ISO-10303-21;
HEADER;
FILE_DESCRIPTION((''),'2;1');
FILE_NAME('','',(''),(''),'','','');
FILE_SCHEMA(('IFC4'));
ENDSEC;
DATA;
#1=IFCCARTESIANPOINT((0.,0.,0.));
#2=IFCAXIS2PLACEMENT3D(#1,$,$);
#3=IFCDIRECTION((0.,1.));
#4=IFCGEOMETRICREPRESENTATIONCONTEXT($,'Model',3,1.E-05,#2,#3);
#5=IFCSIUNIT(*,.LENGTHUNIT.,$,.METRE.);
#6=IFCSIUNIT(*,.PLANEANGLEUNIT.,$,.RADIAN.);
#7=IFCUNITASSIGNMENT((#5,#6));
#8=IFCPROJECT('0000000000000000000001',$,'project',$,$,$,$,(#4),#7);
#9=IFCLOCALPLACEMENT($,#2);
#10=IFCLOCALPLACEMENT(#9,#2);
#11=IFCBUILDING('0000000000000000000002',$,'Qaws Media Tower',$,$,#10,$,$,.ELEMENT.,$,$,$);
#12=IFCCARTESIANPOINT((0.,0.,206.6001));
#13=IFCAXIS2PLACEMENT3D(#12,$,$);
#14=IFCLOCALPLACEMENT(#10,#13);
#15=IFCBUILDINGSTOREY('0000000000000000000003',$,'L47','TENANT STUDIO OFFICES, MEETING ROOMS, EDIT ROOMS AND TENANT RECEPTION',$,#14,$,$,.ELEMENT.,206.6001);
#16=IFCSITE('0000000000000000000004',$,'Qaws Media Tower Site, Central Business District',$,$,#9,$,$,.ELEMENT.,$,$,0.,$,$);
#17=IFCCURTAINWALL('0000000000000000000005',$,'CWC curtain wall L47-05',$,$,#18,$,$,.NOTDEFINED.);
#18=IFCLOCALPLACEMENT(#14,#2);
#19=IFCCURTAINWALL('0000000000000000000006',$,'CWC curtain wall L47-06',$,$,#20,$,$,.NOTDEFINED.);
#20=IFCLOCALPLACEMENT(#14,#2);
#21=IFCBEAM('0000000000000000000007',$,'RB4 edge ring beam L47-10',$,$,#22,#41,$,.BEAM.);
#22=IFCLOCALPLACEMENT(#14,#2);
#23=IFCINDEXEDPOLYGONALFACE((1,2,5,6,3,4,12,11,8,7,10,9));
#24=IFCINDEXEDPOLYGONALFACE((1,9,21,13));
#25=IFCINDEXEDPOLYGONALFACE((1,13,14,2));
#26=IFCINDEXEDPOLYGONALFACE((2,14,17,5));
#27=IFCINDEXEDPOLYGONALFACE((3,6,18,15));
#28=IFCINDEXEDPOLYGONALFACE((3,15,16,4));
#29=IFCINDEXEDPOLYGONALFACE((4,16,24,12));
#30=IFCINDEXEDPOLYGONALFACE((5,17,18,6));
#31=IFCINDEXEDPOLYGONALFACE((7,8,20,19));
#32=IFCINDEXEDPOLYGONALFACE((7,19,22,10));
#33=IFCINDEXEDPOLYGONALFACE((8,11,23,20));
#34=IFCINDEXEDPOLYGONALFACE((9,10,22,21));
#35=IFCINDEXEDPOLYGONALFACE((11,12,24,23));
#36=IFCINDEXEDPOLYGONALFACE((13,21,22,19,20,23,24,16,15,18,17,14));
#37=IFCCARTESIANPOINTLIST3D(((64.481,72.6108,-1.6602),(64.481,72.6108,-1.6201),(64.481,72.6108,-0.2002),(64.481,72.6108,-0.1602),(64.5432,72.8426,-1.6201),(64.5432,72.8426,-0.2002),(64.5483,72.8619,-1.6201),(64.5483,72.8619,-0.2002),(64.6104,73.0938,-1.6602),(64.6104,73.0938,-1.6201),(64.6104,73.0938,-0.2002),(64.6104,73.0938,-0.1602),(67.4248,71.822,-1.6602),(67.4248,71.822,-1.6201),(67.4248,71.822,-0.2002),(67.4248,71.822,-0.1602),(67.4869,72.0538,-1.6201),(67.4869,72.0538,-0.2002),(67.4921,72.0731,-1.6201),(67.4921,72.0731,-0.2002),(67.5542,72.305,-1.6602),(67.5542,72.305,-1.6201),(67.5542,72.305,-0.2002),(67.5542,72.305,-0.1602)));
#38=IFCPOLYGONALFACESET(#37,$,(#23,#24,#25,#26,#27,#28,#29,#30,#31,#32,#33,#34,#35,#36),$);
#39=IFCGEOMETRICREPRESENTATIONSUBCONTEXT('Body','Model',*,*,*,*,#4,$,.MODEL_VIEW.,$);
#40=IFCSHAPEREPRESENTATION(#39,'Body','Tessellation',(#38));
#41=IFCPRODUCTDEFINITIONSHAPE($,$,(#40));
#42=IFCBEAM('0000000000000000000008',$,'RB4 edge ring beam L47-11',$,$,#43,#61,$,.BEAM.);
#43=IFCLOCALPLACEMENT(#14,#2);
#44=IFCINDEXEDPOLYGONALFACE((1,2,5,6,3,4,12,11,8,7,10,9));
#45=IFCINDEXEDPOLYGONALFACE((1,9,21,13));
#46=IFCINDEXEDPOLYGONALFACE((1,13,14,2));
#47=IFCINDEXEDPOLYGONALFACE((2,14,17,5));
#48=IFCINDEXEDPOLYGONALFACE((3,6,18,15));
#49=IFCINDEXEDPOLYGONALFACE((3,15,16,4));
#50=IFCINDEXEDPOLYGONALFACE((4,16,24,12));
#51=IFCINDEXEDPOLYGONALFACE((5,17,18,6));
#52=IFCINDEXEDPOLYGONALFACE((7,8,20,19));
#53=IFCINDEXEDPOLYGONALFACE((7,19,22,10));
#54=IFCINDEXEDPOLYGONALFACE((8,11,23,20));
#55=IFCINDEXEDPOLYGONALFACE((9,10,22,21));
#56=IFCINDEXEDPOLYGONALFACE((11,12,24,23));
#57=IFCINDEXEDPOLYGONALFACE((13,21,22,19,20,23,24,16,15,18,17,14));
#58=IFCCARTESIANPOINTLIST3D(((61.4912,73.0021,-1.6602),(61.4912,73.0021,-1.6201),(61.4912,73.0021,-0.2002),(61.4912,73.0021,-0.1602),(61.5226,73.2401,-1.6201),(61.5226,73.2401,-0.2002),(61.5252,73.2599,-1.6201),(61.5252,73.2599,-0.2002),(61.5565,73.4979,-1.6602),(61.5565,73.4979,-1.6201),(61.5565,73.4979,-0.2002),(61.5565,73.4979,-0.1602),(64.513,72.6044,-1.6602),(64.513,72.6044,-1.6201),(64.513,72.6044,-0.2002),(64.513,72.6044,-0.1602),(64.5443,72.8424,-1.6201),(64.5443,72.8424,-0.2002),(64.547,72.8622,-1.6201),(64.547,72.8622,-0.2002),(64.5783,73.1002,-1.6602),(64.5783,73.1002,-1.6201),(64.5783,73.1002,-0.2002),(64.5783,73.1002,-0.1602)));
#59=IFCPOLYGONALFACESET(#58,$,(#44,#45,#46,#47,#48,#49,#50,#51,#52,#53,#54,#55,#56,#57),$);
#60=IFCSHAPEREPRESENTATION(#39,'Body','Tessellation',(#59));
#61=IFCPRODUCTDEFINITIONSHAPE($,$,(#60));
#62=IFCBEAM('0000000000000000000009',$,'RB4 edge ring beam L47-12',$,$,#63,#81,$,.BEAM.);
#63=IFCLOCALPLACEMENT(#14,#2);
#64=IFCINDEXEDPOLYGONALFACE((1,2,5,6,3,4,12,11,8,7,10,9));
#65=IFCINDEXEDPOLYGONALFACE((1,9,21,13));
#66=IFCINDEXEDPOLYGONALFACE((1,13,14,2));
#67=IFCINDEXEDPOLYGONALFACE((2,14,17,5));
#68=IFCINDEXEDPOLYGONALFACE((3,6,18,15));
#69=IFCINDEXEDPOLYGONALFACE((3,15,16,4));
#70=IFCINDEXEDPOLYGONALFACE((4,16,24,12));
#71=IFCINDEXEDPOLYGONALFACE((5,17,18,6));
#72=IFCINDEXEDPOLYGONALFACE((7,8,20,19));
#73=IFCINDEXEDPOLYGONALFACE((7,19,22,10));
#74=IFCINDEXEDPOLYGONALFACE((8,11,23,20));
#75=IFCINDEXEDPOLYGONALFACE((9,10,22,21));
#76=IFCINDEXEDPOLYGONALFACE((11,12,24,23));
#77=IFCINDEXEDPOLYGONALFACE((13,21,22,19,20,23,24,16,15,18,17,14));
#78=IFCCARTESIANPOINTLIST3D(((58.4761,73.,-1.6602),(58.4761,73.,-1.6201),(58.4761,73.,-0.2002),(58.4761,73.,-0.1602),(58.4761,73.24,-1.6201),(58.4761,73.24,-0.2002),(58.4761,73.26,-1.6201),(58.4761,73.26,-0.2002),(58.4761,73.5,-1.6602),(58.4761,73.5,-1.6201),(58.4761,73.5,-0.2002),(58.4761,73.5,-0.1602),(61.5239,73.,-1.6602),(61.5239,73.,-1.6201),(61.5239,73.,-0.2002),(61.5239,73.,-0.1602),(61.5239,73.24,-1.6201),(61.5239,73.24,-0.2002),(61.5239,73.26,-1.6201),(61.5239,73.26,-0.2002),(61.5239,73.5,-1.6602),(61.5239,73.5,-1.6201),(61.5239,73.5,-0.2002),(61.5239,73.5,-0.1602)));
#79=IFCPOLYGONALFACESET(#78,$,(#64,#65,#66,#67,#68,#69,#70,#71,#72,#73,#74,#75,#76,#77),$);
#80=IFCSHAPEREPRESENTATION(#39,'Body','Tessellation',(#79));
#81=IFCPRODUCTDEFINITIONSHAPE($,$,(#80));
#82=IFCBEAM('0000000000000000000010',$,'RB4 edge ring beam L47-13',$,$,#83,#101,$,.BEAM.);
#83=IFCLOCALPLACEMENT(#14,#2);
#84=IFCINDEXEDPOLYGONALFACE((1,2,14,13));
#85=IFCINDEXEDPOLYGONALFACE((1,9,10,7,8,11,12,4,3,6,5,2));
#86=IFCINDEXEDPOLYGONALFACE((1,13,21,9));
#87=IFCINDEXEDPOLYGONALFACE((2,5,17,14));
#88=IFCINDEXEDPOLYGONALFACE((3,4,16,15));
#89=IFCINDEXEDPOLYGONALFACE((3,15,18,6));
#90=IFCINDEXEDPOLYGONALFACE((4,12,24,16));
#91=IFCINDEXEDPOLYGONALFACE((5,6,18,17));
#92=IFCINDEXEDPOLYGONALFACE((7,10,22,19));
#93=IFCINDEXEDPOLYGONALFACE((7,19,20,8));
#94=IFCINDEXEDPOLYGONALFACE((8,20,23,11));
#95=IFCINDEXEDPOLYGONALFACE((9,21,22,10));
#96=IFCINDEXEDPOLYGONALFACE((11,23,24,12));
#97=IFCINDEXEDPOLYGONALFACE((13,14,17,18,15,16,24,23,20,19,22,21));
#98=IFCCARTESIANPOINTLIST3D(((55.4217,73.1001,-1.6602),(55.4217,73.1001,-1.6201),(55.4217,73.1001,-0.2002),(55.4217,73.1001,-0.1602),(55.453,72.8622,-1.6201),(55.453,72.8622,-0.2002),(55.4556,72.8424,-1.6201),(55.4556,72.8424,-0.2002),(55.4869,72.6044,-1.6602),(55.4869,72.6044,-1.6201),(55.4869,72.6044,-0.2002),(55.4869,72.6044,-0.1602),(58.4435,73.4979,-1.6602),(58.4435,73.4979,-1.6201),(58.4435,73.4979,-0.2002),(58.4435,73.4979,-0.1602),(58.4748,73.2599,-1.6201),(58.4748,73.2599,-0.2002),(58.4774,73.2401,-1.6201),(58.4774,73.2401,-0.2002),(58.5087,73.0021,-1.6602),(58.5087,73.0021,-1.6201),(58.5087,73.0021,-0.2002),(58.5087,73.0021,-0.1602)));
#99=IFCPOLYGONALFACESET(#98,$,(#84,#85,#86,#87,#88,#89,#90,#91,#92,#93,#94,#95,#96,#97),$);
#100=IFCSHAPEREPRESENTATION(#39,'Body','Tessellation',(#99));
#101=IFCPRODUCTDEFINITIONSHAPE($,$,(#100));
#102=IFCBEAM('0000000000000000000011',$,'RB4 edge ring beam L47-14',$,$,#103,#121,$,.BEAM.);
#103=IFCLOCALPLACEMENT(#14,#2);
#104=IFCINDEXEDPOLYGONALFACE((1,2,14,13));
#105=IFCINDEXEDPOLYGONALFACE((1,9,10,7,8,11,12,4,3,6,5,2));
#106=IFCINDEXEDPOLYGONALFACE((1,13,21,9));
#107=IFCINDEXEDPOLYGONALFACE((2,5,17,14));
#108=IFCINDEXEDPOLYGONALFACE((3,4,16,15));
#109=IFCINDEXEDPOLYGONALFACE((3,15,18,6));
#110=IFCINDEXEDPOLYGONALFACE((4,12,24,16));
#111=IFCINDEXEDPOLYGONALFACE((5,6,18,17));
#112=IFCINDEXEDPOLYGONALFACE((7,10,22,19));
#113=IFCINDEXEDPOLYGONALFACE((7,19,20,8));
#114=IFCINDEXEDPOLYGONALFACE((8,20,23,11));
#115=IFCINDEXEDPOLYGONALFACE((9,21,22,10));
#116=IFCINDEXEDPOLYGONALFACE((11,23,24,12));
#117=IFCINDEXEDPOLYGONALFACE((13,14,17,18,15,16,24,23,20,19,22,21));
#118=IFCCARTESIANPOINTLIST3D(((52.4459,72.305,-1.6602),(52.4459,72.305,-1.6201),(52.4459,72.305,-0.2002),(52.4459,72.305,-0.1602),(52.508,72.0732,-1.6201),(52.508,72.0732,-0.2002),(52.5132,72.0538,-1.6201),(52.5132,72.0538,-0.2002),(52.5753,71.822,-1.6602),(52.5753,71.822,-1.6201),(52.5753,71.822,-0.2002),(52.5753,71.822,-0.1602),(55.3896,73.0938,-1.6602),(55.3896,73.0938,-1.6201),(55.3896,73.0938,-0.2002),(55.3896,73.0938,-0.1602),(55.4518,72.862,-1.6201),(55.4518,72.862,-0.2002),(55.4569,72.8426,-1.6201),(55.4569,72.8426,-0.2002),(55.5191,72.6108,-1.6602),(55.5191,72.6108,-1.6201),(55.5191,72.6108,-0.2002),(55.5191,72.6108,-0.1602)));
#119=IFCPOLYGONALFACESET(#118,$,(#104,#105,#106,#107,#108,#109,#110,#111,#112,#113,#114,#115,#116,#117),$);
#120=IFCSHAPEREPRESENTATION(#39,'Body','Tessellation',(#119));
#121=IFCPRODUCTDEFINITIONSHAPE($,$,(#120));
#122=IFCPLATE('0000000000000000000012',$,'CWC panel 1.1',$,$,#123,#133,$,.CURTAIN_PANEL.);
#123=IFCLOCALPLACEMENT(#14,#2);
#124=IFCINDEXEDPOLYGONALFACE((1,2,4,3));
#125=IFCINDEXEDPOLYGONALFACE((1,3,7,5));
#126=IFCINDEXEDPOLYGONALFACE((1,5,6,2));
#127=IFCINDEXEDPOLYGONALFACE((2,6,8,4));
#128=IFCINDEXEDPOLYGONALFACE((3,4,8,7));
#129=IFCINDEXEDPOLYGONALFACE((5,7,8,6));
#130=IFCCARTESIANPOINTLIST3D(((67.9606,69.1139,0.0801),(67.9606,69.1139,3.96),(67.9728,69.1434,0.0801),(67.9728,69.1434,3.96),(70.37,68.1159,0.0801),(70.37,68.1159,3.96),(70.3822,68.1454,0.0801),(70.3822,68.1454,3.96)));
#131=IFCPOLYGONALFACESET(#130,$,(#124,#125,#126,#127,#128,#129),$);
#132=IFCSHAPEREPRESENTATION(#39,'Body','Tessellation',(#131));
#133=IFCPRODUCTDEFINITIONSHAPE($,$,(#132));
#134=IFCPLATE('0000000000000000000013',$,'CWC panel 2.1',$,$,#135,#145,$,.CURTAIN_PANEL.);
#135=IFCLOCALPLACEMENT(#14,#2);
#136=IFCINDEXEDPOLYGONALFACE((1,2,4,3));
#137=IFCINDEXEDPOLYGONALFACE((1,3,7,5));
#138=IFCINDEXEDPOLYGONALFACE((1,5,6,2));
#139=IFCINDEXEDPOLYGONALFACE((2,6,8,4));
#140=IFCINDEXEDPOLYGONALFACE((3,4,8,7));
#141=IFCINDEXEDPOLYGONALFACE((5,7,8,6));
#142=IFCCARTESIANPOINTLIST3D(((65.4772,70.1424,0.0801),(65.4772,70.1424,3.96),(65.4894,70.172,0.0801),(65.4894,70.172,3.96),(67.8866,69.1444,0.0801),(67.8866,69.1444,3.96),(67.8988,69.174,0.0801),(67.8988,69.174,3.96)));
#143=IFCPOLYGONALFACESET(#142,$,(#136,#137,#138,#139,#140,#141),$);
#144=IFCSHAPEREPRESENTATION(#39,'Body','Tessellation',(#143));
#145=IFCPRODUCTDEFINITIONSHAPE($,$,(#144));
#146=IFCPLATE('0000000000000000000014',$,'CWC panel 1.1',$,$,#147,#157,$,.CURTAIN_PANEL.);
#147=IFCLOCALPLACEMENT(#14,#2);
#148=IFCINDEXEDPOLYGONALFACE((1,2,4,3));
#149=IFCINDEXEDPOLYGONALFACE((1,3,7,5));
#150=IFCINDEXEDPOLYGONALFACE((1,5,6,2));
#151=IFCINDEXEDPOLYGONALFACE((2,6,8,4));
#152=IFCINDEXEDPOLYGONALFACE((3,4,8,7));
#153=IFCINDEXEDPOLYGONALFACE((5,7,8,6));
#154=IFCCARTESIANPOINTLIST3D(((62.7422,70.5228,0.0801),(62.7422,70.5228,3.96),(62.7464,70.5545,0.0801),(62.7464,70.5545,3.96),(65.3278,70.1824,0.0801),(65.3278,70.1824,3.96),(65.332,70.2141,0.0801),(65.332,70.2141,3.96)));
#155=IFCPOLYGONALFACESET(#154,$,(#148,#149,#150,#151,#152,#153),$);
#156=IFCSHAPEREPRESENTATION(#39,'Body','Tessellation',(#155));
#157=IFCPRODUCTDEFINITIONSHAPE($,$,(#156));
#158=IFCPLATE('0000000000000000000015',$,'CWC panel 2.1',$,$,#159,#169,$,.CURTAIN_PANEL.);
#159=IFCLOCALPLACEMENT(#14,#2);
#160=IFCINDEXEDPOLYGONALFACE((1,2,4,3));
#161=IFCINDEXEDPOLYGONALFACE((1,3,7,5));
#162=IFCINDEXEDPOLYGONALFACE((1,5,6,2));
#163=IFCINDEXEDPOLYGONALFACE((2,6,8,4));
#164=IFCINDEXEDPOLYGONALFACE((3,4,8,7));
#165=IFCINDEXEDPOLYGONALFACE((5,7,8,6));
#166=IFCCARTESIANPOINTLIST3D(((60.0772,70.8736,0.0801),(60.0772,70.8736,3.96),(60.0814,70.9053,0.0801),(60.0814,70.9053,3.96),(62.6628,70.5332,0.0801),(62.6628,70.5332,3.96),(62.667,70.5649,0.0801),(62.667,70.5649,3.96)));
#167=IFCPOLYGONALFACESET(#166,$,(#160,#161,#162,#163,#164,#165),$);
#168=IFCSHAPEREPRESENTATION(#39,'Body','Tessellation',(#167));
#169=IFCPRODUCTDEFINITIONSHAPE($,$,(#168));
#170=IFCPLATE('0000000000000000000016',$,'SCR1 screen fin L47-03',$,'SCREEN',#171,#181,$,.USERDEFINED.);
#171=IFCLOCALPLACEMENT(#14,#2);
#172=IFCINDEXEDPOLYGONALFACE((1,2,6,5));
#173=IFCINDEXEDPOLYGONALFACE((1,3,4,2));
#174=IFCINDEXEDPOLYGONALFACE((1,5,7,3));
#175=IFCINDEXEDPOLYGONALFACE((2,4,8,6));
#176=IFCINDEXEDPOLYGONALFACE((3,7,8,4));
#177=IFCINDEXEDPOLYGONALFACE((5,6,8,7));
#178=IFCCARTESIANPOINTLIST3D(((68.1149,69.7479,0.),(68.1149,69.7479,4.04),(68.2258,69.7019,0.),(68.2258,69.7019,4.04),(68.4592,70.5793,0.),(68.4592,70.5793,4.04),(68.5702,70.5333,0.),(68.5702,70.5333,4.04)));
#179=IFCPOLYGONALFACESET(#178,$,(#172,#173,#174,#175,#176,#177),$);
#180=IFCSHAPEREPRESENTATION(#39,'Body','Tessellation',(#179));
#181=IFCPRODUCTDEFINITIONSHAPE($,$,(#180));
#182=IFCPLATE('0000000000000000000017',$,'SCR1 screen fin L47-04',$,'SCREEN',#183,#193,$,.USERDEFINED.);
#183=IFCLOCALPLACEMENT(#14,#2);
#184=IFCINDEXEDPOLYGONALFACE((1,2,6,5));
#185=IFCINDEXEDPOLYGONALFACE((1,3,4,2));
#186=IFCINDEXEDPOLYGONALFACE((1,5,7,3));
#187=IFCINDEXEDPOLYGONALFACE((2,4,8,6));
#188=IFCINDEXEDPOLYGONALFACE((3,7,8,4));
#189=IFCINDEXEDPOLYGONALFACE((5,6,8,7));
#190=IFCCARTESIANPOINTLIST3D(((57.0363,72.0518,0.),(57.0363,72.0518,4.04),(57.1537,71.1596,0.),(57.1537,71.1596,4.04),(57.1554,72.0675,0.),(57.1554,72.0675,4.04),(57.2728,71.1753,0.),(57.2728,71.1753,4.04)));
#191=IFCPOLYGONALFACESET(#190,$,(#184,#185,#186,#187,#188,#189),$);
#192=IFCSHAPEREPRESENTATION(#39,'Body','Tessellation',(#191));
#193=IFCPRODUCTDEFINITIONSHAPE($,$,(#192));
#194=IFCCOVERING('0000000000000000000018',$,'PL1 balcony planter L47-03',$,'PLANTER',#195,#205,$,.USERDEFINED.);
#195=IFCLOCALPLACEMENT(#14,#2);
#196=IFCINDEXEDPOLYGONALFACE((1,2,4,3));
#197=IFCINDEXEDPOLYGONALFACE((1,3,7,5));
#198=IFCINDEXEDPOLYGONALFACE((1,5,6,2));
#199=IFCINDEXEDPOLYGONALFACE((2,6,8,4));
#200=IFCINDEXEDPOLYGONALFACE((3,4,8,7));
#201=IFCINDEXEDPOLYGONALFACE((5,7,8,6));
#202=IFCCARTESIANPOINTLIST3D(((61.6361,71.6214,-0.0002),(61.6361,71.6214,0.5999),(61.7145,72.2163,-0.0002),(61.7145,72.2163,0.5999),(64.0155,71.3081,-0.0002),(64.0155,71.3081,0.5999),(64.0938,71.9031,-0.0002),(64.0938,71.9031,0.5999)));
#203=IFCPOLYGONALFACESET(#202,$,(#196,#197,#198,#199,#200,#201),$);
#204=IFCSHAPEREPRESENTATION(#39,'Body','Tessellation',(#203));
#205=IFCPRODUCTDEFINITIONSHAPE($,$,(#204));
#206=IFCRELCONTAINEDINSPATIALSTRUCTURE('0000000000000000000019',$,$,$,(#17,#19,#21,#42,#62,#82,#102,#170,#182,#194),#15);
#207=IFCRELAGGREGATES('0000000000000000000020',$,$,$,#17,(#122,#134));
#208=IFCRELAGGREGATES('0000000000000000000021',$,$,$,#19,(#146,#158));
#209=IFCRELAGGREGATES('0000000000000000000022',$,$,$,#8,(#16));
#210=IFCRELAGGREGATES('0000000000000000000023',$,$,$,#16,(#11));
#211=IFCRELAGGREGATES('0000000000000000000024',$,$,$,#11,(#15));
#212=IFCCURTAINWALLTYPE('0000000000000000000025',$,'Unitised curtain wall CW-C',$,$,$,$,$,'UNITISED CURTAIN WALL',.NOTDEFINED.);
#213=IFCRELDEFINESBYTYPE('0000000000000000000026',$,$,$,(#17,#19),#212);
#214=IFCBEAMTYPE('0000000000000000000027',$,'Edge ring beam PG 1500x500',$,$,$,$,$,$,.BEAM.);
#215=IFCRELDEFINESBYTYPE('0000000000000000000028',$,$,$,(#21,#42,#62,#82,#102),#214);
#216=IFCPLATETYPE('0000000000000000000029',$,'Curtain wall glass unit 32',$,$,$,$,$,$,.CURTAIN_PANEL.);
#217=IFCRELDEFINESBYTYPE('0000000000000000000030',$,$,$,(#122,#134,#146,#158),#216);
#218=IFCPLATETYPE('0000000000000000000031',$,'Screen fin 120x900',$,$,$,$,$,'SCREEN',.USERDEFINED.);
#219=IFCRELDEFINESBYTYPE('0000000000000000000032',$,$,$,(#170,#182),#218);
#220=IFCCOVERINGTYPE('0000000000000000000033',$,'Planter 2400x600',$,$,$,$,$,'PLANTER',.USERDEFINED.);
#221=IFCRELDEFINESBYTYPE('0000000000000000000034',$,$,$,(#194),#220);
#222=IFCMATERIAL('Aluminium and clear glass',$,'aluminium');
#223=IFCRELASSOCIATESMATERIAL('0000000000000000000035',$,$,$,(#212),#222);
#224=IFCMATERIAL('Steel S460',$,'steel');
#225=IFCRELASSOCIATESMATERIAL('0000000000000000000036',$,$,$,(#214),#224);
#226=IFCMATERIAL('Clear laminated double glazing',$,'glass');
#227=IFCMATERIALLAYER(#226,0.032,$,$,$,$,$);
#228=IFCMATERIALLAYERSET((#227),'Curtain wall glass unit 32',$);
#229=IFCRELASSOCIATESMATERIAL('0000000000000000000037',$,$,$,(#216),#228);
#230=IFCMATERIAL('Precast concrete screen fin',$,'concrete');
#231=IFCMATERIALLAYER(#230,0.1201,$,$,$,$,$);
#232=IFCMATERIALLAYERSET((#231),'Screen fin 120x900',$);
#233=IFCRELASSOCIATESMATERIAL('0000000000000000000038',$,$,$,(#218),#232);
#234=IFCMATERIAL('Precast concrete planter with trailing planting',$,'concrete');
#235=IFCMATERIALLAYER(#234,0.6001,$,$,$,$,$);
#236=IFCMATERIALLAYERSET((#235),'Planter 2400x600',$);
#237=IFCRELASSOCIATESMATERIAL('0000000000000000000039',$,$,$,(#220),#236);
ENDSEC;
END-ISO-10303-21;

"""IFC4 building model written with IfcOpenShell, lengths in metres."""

from ifc_helpers import new_model, si_unit, direction, frame, origin, origin_2d, place, context, subcontext, project, spatial, rectangle, i_section, extrude, material, layer, layer_set, material_profile, profile_set, type_object, element, aggregate, save


model = new_model("IFC4")

# Units and contexts
model_context = context("Model", 3, precision=1e-05, world=origin(), true_north=direction((0.0, 1.0)))
body_context = subcontext(model_context, "Body", "Model", "MODEL_VIEW")
ifc_project = project(units=[si_unit("LENGTHUNIT", "METRE"), si_unit("PLANEANGLEUNIT", "RADIAN")], contexts=[model_context])

# Site, building, storey
site_placement = place(None, origin())
site = spatial("IfcSite", under=ifc_project, at=site_placement, Name="Qaws Media Tower Site, Central Business District", CompositionType="ELEMENT", RefElevation=0.0)
building_placement = place(site_placement, origin())
building = spatial("IfcBuilding", under=site, at=building_placement, Name="Qaws Media Tower", CompositionType="ELEMENT")
storey_placement = place(building_placement, frame((0.0, 0.0, 206.6001)))
storey = spatial("IfcBuildingStorey", under=building, at=storey_placement, Name="L47", Description="TENANT STUDIO OFFICES, MEETING ROOMS, EDIT ROOMS AND TENANT RECEPTION", CompositionType="ELEMENT", Elevation=206.6001)

# Curtain walls
ifc_material_1 = material(Name="Aluminium and clear glass", Category="aluminium")
curtain_wall_type = type_object("IfcCurtainWallType", Name="Unitised curtain wall CW-C", ElementType="UNITISED CURTAIN WALL", PredefinedType="NOTDEFINED", material=ifc_material_1)
curtain_wall_1_placement = place(storey_placement, origin())
curtain_wall_1 = element("IfcCurtainWall", 1, at=curtain_wall_1_placement, inside=storey, type_object=curtain_wall_type, Name="CWC curtain wall L47-05", PredefinedType="NOTDEFINED")
curtain_wall_2_placement = place(storey_placement, origin())
curtain_wall_2 = element("IfcCurtainWall", 2, at=curtain_wall_2_placement, inside=storey, type_object=curtain_wall_type, Name="CWC curtain wall L47-06", PredefinedType="NOTDEFINED")

# Beams
ifc_material_2 = material(Name="Steel S460", Category="steel")
ifc_material_profile_1 = material_profile(ifc_material_2, i_section(OverallWidth=0.5, OverallDepth=1.5, WebThickness=0.02, FlangeThickness=0.04, at=origin_2d()), Name="PG 1500x500")
ifc_profile_set_1 = profile_set([ifc_material_profile_1], Name="Steel S460")
beam_type = type_object("IfcBeamType", Name="Edge ring beam PG 1500x500", PredefinedType="BEAM", material=ifc_profile_set_1)
beam_1_placement = place(storey_placement, frame((67.4895, 72.0635, -0.9102), z_axis=(-0.965924, 0.258824, 0.0), x_axis=(-0.258824, -0.965924, 0.0)))
element("IfcBeam", 3, at=beam_1_placement, inside=storey, type_object=beam_type, Name="RB4 edge ring beam L47-10", PredefinedType="BEAM", context=body_context, shape_type="SweptSolid", body=[
    extrude(i_section(OverallWidth=0.5, OverallDepth=1.5, WebThickness=0.02, FlangeThickness=0.04, at=origin_2d()), origin(), (0.0, 0.0, 1.0), 3.0476),
])
for number, where, z_axis, x_axis, name in (
    (4, (64.5457, 72.8523, -0.9102), (-0.99145, 0.13049, 0.0), (-0.13049, -0.99145, 0.0), "RB4 edge ring beam L47-11"),
    (5, (61.5239, 73.25, -0.9102), (-1.0, 0.0, 0.0), (0.0, -1.0, 0.0), "RB4 edge ring beam L47-12"),
    (6, (58.4761, 73.25, -0.9102), (-0.99145, -0.13049, 0.0), (0.13049, -0.99145, 0.0), "RB4 edge ring beam L47-13"),
):
    element("IfcBeam", number, at=place(storey_placement, frame(where, z_axis=z_axis, x_axis=x_axis)), inside=storey, type_object=beam_type, Name=name, PredefinedType="BEAM", context=body_context, shape_type="SweptSolid", body=[
        extrude(i_section(OverallWidth=0.5, OverallDepth=1.5, WebThickness=0.02, FlangeThickness=0.04, at=origin_2d()), origin(), (0.0, 0.0, 1.0), 3.0479),
    ])
beam_2_placement = place(storey_placement, frame((55.4543, 72.8523, -0.9102), z_axis=(-0.965924, -0.258824, 0.0), x_axis=(0.258824, -0.965924, 0.0)))
element("IfcBeam", 7, at=beam_2_placement, inside=storey, type_object=beam_type, Name="RB4 edge ring beam L47-14", PredefinedType="BEAM", context=body_context, shape_type="SweptSolid", body=[
    extrude(i_section(OverallWidth=0.5, OverallDepth=1.5, WebThickness=0.02, FlangeThickness=0.04, at=origin_2d()), origin(), (0.0, 0.0, 1.0), 3.0476),
])

# Plates
ifc_material_3 = material(Name="Clear laminated double glazing", Category="glass")
ifc_layer_1 = layer(ifc_material_3, 0.032)
ifc_layer_set_1 = layer_set([ifc_layer_1], Name="Curtain wall glass unit 32")
plate_type_1 = type_object("IfcPlateType", Name="Curtain wall glass unit 32", PredefinedType="CURTAIN_PANEL", material=ifc_layer_set_1)
plate_1_placement = place(storey_placement, frame((69.1714, 68.6296, 0.0801), z_axis=(0.0, 0.0, 1.0), x_axis=(-0.92388, 0.382683, 0.0)))
plate_1 = element("IfcPlate", 8, at=plate_1_placement, type_object=plate_type_1, Name="CWC panel 1.1", PredefinedType="CURTAIN_PANEL", context=body_context, shape_type="SweptSolid", body=[
    extrude(rectangle(XDim=2.6079, YDim=0.032, at=origin_2d()), origin(), (0.0, 0.0, 1.0), 3.8799),
])
plate_2_placement = place(storey_placement, frame((66.688, 69.6582, 0.0801), z_axis=(0.0, 0.0, 1.0), x_axis=(-0.92388, 0.382683, 0.0)))
plate_2 = element("IfcPlate", 9, at=plate_2_placement, type_object=plate_type_1, Name="CWC panel 2.1", PredefinedType="CURTAIN_PANEL", context=body_context, shape_type="SweptSolid", body=[
    extrude(rectangle(XDim=2.6079, YDim=0.032, at=origin_2d()), origin(), (0.0, 0.0, 1.0), 3.8799),
])
aggregate(curtain_wall_1, [plate_1, plate_2])
plate_3_placement = place(storey_placement, frame((64.0371, 70.3684, 0.0801), z_axis=(0.0, 0.0, 1.0), x_axis=(-0.991445, 0.130526, 0.0)))
plate_3 = element("IfcPlate", 10, at=plate_3_placement, type_object=plate_type_1, Name="CWC panel 1.1", PredefinedType="CURTAIN_PANEL", context=body_context, shape_type="SweptSolid", body=[
    extrude(rectangle(XDim=2.6079, YDim=0.032, at=origin_2d()), origin(), (0.0, 0.0, 1.0), 3.8799),
])
plate_4_placement = place(storey_placement, frame((61.3721, 70.7192, 0.0801), z_axis=(0.0, 0.0, 1.0), x_axis=(-0.991445, 0.130526, 0.0)))
plate_4 = element("IfcPlate", 11, at=plate_4_placement, type_object=plate_type_1, Name="CWC panel 2.1", PredefinedType="CURTAIN_PANEL", context=body_context, shape_type="SweptSolid", body=[
    extrude(rectangle(XDim=2.6079, YDim=0.032, at=origin_2d()), origin(), (0.0, 0.0, 1.0), 3.8799),
])
aggregate(curtain_wall_2, [plate_3, plate_4])

# Plates
ifc_material_4 = material(Name="Precast concrete screen fin", Category="concrete")
ifc_layer_2 = layer(ifc_material_4, 0.1201)
ifc_layer_set_2 = layer_set([ifc_layer_2], Name="Screen fin 120x900")
plate_type_2 = type_object("IfcPlateType", Name="Screen fin 120x900", ElementType="SCREEN", PredefinedType="USERDEFINED", material=ifc_layer_set_2)
for number, where, z_axis, x_axis, name in (
    (12, (68.3425, 70.1406, 0.0), (0.0, 0.0, 1.0), (0.382683, 0.92388, 0.0), "SCR1 screen fin L47-03"),
    (13, (57.1545, 71.6135, 0.0), (0.0, 0.0, 1.0), (-0.130526, 0.991445, 0.0), "SCR1 screen fin L47-04"),
):
    element("IfcPlate", number, at=place(storey_placement, frame(where, z_axis=z_axis, x_axis=x_axis)), inside=storey, type_object=plate_type_2, Name=name, ObjectType="SCREEN", PredefinedType="USERDEFINED", context=body_context, shape_type="SweptSolid", body=[
        extrude(rectangle(XDim=0.8999, YDim=0.1201, at=origin_2d()), origin(), (0.0, 0.0, 1.0), 4.04),
    ])

# Covering
ifc_material_5 = material(Name="Precast concrete planter with trailing planting", Category="concrete")
ifc_layer_3 = layer(ifc_material_5, 0.6001)
ifc_layer_set_3 = layer_set([ifc_layer_3], Name="Planter 2400x600")
covering_type = type_object("IfcCoveringType", Name="Planter 2400x600", ElementType="PLANTER", PredefinedType="USERDEFINED", material=ifc_layer_set_3)
covering_placement = place(storey_placement, frame((62.865, 71.7622, -0.0002), z_axis=(0.0, 0.0, 1.0), x_axis=(-0.991445, 0.130526, 0.0)))
element("IfcCovering", 14, at=covering_placement, inside=storey, type_object=covering_type, Name="PL1 balcony planter L47-03", ObjectType="PLANTER", PredefinedType="USERDEFINED", context=body_context, shape_type="SweptSolid", body=[
    extrude(rectangle(XDim=2.3999, YDim=0.6001, at=origin_2d()), origin(), (0.0, 0.0, 1.0), 0.6001),
])

save(model, "model.ifc")
